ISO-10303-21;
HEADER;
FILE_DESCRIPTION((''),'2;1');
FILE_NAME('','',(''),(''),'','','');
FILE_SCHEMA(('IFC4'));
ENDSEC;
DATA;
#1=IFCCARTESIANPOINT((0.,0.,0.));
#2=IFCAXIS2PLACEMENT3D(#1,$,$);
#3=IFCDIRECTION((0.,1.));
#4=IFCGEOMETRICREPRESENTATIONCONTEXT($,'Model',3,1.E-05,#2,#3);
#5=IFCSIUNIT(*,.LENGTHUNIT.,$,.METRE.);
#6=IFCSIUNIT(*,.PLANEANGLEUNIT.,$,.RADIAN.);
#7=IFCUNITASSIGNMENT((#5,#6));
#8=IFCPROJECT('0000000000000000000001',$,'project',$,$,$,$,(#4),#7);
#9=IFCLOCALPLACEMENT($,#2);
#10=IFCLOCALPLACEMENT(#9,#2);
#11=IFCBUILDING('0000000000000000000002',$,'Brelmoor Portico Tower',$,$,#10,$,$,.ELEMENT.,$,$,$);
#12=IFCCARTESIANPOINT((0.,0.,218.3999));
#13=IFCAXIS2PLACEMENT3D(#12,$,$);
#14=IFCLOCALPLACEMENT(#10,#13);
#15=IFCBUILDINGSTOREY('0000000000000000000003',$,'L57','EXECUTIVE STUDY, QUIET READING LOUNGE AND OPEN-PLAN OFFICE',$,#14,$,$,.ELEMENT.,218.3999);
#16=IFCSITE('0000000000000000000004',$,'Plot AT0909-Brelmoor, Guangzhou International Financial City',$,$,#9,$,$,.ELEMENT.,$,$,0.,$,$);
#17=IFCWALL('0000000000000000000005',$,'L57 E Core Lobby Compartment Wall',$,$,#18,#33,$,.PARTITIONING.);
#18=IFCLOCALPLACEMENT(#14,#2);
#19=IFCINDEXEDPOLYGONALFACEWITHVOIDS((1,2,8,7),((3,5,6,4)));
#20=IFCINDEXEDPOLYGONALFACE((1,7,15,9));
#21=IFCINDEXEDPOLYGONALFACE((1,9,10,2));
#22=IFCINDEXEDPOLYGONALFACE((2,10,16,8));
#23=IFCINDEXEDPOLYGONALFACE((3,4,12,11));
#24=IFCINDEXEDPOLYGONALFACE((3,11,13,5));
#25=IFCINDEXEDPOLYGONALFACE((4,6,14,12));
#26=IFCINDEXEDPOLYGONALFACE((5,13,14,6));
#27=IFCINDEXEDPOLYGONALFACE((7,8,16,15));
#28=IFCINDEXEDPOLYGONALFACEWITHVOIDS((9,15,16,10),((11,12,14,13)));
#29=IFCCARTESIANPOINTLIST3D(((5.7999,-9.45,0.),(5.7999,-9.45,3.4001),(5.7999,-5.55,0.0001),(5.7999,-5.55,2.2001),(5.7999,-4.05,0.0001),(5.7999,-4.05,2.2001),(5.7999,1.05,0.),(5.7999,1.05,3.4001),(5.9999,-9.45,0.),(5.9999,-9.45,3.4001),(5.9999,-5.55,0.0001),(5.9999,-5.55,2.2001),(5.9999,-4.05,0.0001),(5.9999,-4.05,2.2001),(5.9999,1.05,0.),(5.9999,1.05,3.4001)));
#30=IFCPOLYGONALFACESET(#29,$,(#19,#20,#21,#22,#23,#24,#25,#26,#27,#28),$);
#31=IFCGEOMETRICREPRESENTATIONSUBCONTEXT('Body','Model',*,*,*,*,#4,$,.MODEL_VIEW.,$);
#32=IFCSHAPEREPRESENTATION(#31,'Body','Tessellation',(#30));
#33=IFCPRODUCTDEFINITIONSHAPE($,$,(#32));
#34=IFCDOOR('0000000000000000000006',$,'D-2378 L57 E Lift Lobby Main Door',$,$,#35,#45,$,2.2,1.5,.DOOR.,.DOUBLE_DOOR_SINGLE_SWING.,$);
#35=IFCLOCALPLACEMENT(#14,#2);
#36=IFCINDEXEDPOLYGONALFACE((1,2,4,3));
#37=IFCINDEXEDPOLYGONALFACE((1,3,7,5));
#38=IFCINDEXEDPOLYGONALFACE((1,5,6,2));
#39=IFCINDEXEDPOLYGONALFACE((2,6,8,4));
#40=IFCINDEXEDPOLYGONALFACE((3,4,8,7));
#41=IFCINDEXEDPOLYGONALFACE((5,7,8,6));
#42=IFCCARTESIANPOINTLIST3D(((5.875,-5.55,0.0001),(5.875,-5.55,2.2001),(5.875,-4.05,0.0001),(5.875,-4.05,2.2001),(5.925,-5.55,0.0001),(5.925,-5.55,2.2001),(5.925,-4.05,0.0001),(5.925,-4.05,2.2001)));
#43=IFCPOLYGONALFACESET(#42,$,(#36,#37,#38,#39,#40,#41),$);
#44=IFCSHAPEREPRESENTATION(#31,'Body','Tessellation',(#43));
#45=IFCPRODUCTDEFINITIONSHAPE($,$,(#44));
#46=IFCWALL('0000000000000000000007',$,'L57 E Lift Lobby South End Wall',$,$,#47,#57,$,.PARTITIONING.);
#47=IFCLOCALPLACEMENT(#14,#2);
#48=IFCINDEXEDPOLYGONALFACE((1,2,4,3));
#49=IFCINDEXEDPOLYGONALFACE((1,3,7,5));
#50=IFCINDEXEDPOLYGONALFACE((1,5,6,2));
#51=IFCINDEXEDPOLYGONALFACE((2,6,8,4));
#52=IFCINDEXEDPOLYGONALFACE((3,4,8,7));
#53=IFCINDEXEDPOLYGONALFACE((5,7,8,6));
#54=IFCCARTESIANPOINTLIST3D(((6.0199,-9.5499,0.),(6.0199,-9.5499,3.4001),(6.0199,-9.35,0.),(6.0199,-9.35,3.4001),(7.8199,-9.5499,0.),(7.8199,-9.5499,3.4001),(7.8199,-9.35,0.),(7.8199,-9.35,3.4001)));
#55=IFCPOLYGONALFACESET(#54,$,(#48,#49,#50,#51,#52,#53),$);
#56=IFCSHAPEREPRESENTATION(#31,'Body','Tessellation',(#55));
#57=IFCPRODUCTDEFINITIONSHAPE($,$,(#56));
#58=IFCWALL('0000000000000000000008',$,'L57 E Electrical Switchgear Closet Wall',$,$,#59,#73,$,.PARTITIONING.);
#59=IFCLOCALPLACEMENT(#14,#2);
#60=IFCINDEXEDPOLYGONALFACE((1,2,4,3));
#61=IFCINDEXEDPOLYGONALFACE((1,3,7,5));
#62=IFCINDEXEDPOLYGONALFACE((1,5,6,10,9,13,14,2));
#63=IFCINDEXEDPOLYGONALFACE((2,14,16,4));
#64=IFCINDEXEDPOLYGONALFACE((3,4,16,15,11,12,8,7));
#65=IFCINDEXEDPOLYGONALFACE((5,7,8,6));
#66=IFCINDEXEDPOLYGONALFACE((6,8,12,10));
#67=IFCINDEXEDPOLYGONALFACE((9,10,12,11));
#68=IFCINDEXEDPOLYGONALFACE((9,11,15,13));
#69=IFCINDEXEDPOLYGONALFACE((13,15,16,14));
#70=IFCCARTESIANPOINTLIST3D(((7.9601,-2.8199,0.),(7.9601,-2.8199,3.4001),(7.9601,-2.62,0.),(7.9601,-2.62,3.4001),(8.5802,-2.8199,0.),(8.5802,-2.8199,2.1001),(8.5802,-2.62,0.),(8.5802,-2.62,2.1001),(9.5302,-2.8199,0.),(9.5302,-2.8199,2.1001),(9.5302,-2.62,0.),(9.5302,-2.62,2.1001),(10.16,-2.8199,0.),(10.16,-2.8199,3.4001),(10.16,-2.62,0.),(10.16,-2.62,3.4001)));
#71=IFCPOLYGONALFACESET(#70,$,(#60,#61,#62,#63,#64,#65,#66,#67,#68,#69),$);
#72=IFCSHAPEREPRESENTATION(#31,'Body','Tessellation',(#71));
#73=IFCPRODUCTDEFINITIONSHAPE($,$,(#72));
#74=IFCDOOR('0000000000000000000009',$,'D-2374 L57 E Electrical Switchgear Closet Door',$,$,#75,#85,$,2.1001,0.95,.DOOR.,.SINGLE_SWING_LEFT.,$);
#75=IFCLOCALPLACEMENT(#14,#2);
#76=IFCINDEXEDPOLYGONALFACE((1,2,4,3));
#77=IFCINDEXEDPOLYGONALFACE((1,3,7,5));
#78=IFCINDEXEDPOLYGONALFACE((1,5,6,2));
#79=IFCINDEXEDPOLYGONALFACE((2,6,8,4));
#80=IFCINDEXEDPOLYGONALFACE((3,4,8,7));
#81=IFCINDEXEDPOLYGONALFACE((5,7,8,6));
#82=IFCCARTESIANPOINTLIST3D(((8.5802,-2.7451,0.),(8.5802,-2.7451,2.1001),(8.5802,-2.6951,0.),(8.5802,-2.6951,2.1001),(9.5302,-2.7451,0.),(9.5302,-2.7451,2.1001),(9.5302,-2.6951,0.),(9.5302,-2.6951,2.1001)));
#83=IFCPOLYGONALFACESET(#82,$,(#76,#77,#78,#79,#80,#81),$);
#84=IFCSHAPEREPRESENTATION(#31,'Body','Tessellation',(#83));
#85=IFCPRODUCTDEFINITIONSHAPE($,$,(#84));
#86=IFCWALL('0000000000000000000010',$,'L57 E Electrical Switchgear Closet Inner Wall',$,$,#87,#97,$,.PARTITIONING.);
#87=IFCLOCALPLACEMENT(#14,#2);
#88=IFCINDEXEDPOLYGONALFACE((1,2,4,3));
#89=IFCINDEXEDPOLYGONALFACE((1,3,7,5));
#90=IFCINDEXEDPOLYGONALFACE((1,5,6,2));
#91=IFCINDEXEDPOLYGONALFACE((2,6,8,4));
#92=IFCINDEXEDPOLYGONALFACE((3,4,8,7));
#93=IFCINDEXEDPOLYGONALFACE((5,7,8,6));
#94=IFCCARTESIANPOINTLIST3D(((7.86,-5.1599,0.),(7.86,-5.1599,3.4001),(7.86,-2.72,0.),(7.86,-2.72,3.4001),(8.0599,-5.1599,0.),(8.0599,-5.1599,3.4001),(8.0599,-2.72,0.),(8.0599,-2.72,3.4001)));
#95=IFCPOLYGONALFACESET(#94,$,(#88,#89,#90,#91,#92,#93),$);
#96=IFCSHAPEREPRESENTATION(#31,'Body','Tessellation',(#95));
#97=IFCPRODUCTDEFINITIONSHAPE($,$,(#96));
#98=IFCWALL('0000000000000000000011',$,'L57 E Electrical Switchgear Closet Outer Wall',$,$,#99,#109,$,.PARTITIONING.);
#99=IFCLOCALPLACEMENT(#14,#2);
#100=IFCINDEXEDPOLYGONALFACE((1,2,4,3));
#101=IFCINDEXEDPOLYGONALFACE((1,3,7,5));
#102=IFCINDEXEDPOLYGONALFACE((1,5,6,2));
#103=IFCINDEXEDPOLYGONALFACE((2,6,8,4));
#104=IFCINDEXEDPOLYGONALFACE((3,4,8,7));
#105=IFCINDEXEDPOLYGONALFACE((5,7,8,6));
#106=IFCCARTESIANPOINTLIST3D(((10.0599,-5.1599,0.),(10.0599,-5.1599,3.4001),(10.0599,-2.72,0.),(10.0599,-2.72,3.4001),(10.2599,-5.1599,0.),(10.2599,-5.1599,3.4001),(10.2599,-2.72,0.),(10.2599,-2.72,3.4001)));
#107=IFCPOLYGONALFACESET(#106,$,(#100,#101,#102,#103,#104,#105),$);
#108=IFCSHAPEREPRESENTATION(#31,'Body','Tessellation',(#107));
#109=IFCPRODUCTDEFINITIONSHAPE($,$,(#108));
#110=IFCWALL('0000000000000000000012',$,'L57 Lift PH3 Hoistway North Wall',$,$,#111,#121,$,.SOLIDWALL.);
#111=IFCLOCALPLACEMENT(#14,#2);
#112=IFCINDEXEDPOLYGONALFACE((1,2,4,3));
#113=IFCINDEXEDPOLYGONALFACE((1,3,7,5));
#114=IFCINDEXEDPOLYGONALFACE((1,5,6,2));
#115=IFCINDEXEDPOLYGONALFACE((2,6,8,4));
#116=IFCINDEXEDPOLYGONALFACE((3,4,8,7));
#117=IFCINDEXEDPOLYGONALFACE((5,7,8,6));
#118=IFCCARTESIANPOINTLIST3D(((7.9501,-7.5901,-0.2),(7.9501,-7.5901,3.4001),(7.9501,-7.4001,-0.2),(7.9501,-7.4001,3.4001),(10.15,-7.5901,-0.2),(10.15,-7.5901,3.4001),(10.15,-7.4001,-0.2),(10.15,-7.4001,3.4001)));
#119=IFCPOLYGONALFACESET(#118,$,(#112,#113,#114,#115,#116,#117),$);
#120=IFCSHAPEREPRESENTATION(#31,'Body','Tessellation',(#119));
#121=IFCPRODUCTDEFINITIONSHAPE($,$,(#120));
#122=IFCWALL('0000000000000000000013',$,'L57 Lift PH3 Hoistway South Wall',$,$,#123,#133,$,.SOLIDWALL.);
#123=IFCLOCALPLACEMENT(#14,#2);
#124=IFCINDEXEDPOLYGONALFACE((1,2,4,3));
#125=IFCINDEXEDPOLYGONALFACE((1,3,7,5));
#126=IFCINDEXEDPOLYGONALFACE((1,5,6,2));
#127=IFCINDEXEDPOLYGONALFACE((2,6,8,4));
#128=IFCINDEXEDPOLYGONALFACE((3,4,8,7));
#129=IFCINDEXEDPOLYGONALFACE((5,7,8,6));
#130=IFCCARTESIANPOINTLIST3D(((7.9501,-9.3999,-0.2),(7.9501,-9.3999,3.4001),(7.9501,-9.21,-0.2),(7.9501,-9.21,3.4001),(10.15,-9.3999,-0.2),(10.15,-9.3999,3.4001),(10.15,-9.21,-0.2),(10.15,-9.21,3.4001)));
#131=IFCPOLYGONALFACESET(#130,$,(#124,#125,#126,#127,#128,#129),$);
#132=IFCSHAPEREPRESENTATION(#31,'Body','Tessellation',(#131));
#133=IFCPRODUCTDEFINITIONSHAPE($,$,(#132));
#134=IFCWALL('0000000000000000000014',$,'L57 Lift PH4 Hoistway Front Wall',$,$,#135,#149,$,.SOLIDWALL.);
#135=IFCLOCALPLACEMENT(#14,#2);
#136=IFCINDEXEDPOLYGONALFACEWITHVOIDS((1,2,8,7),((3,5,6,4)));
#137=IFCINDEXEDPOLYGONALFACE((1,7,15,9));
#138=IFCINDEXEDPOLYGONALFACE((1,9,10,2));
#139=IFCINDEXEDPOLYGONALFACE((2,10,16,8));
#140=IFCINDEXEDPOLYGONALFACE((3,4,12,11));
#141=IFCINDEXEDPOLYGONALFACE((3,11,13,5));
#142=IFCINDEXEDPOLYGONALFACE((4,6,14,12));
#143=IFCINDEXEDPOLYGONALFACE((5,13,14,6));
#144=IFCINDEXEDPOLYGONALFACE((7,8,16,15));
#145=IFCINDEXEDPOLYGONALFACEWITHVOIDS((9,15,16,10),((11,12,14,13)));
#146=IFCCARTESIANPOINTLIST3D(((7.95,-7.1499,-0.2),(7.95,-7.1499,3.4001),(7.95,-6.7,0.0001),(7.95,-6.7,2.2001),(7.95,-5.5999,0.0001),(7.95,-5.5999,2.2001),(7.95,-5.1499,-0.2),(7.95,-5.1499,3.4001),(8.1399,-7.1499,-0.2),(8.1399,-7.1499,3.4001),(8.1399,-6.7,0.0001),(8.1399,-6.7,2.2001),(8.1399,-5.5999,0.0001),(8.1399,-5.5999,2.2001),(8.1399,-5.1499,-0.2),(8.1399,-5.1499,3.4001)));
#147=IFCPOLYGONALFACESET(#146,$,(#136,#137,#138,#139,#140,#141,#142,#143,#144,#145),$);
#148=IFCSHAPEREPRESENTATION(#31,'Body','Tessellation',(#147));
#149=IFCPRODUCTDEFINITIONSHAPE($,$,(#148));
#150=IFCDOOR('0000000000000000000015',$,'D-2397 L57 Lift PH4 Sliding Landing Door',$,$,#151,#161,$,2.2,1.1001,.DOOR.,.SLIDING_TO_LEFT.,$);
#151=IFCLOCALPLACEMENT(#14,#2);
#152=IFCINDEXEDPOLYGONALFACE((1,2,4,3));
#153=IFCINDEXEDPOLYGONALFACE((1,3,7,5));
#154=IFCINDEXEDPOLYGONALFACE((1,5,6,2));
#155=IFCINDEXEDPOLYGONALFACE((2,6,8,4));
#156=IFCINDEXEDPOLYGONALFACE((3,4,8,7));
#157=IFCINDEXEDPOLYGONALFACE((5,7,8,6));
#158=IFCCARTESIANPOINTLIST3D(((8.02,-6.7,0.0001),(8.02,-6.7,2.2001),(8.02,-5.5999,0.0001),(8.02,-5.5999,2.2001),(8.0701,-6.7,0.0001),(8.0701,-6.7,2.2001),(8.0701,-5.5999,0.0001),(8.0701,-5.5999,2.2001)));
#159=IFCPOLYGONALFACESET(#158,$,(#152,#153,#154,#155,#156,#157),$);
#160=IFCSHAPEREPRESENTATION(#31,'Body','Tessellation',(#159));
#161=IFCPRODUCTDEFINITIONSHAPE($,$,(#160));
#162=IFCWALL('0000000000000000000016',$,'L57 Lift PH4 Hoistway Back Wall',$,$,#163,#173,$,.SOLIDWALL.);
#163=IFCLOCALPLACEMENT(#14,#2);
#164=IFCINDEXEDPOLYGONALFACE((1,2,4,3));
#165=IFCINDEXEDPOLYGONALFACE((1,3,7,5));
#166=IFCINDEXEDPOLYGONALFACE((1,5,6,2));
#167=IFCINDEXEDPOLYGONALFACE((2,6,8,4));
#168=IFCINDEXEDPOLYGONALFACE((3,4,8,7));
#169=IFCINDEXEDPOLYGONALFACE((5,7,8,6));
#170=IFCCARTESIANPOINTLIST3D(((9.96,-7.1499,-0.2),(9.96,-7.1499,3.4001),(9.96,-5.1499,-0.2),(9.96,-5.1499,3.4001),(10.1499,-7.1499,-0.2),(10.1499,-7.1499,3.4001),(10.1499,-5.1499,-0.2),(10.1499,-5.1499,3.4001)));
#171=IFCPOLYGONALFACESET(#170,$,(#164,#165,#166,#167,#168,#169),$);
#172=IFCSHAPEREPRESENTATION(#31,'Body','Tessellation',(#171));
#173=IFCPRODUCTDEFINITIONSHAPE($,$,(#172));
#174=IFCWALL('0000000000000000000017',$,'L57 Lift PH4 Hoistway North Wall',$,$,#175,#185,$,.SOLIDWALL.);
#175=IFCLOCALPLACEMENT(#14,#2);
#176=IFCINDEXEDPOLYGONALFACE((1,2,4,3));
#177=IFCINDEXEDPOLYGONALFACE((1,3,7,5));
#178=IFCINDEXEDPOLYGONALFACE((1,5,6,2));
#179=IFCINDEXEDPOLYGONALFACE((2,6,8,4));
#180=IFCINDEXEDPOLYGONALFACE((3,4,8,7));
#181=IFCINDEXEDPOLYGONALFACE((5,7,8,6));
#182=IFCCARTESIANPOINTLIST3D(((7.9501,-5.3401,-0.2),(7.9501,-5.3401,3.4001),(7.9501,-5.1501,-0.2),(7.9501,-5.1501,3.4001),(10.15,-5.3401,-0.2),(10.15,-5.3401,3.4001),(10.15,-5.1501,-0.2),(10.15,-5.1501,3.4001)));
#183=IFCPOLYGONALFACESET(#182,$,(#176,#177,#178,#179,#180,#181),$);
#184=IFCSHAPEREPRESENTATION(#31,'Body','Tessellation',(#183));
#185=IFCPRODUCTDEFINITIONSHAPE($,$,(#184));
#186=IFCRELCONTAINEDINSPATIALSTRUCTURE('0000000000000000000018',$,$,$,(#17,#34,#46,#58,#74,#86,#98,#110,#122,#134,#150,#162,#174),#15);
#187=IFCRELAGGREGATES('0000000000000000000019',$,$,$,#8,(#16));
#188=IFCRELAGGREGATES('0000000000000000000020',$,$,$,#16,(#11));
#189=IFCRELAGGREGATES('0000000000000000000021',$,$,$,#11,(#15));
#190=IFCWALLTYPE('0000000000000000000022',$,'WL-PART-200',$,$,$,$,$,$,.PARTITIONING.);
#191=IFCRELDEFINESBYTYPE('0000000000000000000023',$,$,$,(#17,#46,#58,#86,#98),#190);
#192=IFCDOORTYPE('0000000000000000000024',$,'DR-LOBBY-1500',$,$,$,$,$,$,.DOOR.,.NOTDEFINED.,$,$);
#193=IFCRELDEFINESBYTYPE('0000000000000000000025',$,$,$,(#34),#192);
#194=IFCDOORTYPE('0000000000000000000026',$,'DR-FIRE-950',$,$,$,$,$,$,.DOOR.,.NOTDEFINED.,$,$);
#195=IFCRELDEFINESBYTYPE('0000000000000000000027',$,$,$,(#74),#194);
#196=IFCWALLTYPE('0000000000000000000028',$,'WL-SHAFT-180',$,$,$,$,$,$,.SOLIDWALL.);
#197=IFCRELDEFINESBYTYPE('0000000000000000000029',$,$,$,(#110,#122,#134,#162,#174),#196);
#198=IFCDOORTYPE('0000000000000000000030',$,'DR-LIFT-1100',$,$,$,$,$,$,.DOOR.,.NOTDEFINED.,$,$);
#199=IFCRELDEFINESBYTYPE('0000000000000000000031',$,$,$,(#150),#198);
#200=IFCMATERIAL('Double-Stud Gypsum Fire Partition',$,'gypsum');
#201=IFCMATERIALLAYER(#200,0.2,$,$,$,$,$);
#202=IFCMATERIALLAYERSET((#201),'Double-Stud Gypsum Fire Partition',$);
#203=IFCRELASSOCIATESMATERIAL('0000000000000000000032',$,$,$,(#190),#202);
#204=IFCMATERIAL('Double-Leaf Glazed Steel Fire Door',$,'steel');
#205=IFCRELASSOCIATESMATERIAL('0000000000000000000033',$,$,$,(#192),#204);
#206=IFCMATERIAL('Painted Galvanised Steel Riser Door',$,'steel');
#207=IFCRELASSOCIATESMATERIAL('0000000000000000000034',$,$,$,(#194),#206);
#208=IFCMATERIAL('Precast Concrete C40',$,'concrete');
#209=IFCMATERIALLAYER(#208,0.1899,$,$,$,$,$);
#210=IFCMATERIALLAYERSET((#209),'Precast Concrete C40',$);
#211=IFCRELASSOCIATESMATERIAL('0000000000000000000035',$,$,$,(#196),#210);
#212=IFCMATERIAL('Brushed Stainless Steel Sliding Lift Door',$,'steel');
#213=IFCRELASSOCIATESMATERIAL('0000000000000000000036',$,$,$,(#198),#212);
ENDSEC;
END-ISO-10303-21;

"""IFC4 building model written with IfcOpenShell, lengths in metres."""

from ifc_helpers import new_model, si_unit, direction, frame, frame_2d, origin, place, context, subcontext, project, spatial, rectangle, extrude, material, layer, layer_set, type_object, element, fill, save


model = new_model("IFC4")

# Units and contexts
model_context = context("Model", 3, precision=1e-05, world=origin(), true_north=direction((0.0, 1.0)))
body_context = subcontext(model_context, "Body", "Model", "MODEL_VIEW")
ifc_project = project(units=[si_unit("LENGTHUNIT", "METRE"), si_unit("PLANEANGLEUNIT", "RADIAN")], contexts=[model_context])

# Site, building, storey
site_placement = place(None, origin())
site = spatial("IfcSite", under=ifc_project, at=site_placement, Name="Plot AT0909-Brelmoor, Guangzhou International Financial City", CompositionType="ELEMENT", RefElevation=0.0)
building_placement = place(site_placement, origin())
building = spatial("IfcBuilding", under=site, at=building_placement, Name="Brelmoor Portico Tower", CompositionType="ELEMENT")
storey_placement = place(building_placement, frame((0.0, 0.0, 218.3999)))
storey = spatial("IfcBuildingStorey", under=building, at=storey_placement, Name="L57", Description="EXECUTIVE STUDY, QUIET READING LOUNGE AND OPEN-PLAN OFFICE", CompositionType="ELEMENT", Elevation=218.3999)

# Wall, opening, door
ifc_material_1 = material(Name="Double-Stud Gypsum Fire Partition", Category="gypsum")
ifc_layer_1 = layer(ifc_material_1, 0.2)
ifc_layer_set_1 = layer_set([ifc_layer_1], Name="Double-Stud Gypsum Fire Partition")
wall_type_1 = type_object("IfcWallType", Name="WL-PART-200", PredefinedType="PARTITIONING", material=ifc_layer_set_1)
wall_1_placement = place(storey_placement, frame((5.8999, -9.45, 0.0), z_axis=(0.0, 0.0, 1.0), x_axis=(0.0, 1.0, 0.0)))
wall_1 = element("IfcWall", 1, at=wall_1_placement, inside=storey, type_object=wall_type_1, Name="L57 E Core Lobby Compartment Wall", PredefinedType="PARTITIONING", context=body_context, shape_type="SweptSolid", body=[
    extrude(rectangle(XDim=10.5, YDim=0.2, at=frame_2d((5.25, 0.0))), origin(), (0.0, 0.0, 1.0), 3.4001),
])
opening_1_placement = place(wall_1_placement, frame((3.8999, 0.0, 0.0)))
opening_1 = element("IfcOpeningElement", 2, at=opening_1_placement, cuts=wall_1, PredefinedType="OPENING", context=body_context, shape_type="SweptSolid", body=[
    extrude(rectangle(XDim=1.5, YDim=2.2, at=frame_2d((0.75, 1.1001))), frame((0.0, 0.1099, 0.0), z_axis=(0.0, -1.0, 0.0), x_axis=(1.0, 0.0, 0.0)), (0.0, 0.0, 1.0), 0.22),
])
ifc_material_2 = material(Name="Double-Leaf Glazed Steel Fire Door", Category="steel")
door_type_1 = type_object("IfcDoorType", Name="DR-LOBBY-1500", OperationType="NOTDEFINED", PredefinedType="DOOR", material=ifc_material_2)
door_1_placement = place(opening_1_placement, origin())
door_1 = element("IfcDoor", 3, at=door_1_placement, inside=storey, type_object=door_type_1, Name="D-2378 L57 E Lift Lobby Main Door", OperationType="DOUBLE_DOOR_SINGLE_SWING", OverallHeight=2.2, OverallWidth=1.5, PredefinedType="DOOR", context=body_context, shape_type="SweptSolid", body=[
    extrude(rectangle(XDim=1.5, YDim=2.2, at=frame_2d((0.75, 1.1001))), frame((0.0, 0.0249, 0.0), z_axis=(0.0, -1.0, 0.0), x_axis=(1.0, 0.0, 0.0)), (0.0, 0.0, 1.0), 0.05),
])
fill(opening_1, door_1)

# Wall
wall_2_placement = place(storey_placement, frame((6.02, -9.45, 0.0), z_axis=(0.0, 0.0, 1.0), x_axis=(1.0, 0.0, 0.0)))
element("IfcWall", 4, at=wall_2_placement, inside=storey, type_object=wall_type_1, Name="L57 E Lift Lobby South End Wall", PredefinedType="PARTITIONING", context=body_context, shape_type="SweptSolid", body=[
    extrude(rectangle(XDim=1.8, YDim=0.2, at=frame_2d((0.8999, 0.0))), origin(), (0.0, 0.0, 1.0), 3.4001),
])

# Wall, opening, door
wall_3_placement = place(storey_placement, frame((7.96, -2.72, 0.0), z_axis=(0.0, 0.0, 1.0), x_axis=(1.0, 0.0, 0.0)))
wall_3 = element("IfcWall", 5, at=wall_3_placement, inside=storey, type_object=wall_type_1, Name="L57 E Electrical Switchgear Closet Wall", PredefinedType="PARTITIONING", context=body_context, shape_type="SweptSolid", body=[
    extrude(rectangle(XDim=2.2, YDim=0.2, at=frame_2d((1.1001, 0.0))), origin(), (0.0, 0.0, 1.0), 3.4001),
])
opening_2_placement = place(wall_3_placement, frame((0.6201, 0.0, 0.0)))
opening_2 = element("IfcOpeningElement", 6, at=opening_2_placement, cuts=wall_3, PredefinedType="OPENING", context=body_context, shape_type="SweptSolid", body=[
    extrude(rectangle(XDim=0.95, YDim=2.1001, at=frame_2d((0.4751, 1.05))), frame((0.0, 0.1099, 0.0), z_axis=(0.0, -1.0, 0.0), x_axis=(1.0, 0.0, 0.0)), (0.0, 0.0, 1.0), 0.22),
])
ifc_material_3 = material(Name="Painted Galvanised Steel Riser Door", Category="steel")
door_type_2 = type_object("IfcDoorType", Name="DR-FIRE-950", OperationType="NOTDEFINED", PredefinedType="DOOR", material=ifc_material_3)
door_2_placement = place(opening_2_placement, origin())
door_2 = element("IfcDoor", 7, at=door_2_placement, inside=storey, type_object=door_type_2, Name="D-2374 L57 E Electrical Switchgear Closet Door", OperationType="SINGLE_SWING_LEFT", OverallHeight=2.1001, OverallWidth=0.95, PredefinedType="DOOR", context=body_context, shape_type="SweptSolid", body=[
    extrude(rectangle(XDim=0.95, YDim=2.1001, at=frame_2d((0.4751, 1.05))), frame((0.0, 0.0249, 0.0), z_axis=(0.0, -1.0, 0.0), x_axis=(1.0, 0.0, 0.0)), (0.0, 0.0, 1.0), 0.05),
])
fill(opening_2, door_2)

# Walls
for number, where, z_axis, x_axis, name in (
    (8, (7.96, -5.1599, 0.0), (0.0, 0.0, 1.0), (0.0, 1.0, 0.0), "L57 E Electrical Switchgear Closet Inner Wall"),
    (9, (10.1599, -5.1599, 0.0), (0.0, 0.0, 1.0), (0.0, 1.0, 0.0), "L57 E Electrical Switchgear Closet Outer Wall"),
):
    element("IfcWall", number, at=place(storey_placement, frame(where, z_axis=z_axis, x_axis=x_axis)), inside=storey, type_object=wall_type_1, Name=name, PredefinedType="PARTITIONING", context=body_context, shape_type="SweptSolid", body=[
        extrude(rectangle(XDim=2.4399, YDim=0.2, at=frame_2d((1.22, 0.0))), origin(), (0.0, 0.0, 1.0), 3.4001),
    ])
ifc_material_4 = material(Name="Precast Concrete C40", Category="concrete")
ifc_layer_2 = layer(ifc_material_4, 0.1899)
ifc_layer_set_2 = layer_set([ifc_layer_2], Name="Precast Concrete C40")
wall_type_2 = type_object("IfcWallType", Name="WL-SHAFT-180", PredefinedType="SOLIDWALL", material=ifc_layer_set_2)
for number, where, z_axis, x_axis, name in (
    (10, (7.95, -7.4951, -0.2), (0.0, 0.0, 1.0), (1.0, 0.0, 0.0), "L57 Lift PH3 Hoistway North Wall"),
    (11, (7.95, -9.3049, -0.2), (0.0, 0.0, 1.0), (1.0, 0.0, 0.0), "L57 Lift PH3 Hoistway South Wall"),
):
    element("IfcWall", number, at=place(storey_placement, frame(where, z_axis=z_axis, x_axis=x_axis)), inside=storey, type_object=wall_type_2, Name=name, PredefinedType="SOLIDWALL", context=body_context, shape_type="SweptSolid", body=[
        extrude(rectangle(XDim=2.2, YDim=0.1899, at=frame_2d((1.1001, 0.0))), origin(), (0.0, 0.0, 1.0), 3.6001),
    ])

# Wall, opening, door
wall_4_placement = place(storey_placement, frame((8.0449, -7.1499, -0.2), z_axis=(0.0, 0.0, 1.0), x_axis=(0.0, 1.0, 0.0)))
wall_4 = element("IfcWall", 12, at=wall_4_placement, inside=storey, type_object=wall_type_2, Name="L57 Lift PH4 Hoistway Front Wall", PredefinedType="SOLIDWALL", context=body_context, shape_type="SweptSolid", body=[
    extrude(rectangle(XDim=2.0, YDim=0.1899, at=frame_2d((1.0, 0.0))), origin(), (0.0, 0.0, 1.0), 3.6001),
])
opening_3_placement = place(wall_4_placement, frame((0.45, 0.0, 0.2)))
opening_3 = element("IfcOpeningElement", 13, at=opening_3_placement, cuts=wall_4, PredefinedType="OPENING", context=body_context, shape_type="SweptSolid", body=[
    extrude(rectangle(XDim=1.1001, YDim=2.2, at=frame_2d((0.55, 1.1001))), frame((0.0, 0.105, 0.0), z_axis=(0.0, -1.0, 0.0), x_axis=(1.0, 0.0, 0.0)), (0.0, 0.0, 1.0), 0.21),
])
ifc_material_5 = material(Name="Brushed Stainless Steel Sliding Lift Door", Category="steel")
door_type_3 = type_object("IfcDoorType", Name="DR-LIFT-1100", OperationType="NOTDEFINED", PredefinedType="DOOR", material=ifc_material_5)
door_3_placement = place(opening_3_placement, origin())
door_3 = element("IfcDoor", 14, at=door_3_placement, inside=storey, type_object=door_type_3, Name="D-2397 L57 Lift PH4 Sliding Landing Door", OperationType="SLIDING_TO_LEFT", OverallHeight=2.2, OverallWidth=1.1001, PredefinedType="DOOR", context=body_context, shape_type="SweptSolid", body=[
    extrude(rectangle(XDim=1.1001, YDim=2.2, at=frame_2d((0.55, 1.1001))), frame((0.0, 0.0249, 0.0), z_axis=(0.0, -1.0, 0.0), x_axis=(1.0, 0.0, 0.0)), (0.0, 0.0, 1.0), 0.05),
])
fill(opening_3, door_3)

# Walls
wall_5_placement = place(storey_placement, frame((10.0549, -7.1499, -0.2), z_axis=(0.0, 0.0, 1.0), x_axis=(0.0, 1.0, 0.0)))
element("IfcWall", 15, at=wall_5_placement, inside=storey, type_object=wall_type_2, Name="L57 Lift PH4 Hoistway Back Wall", PredefinedType="SOLIDWALL", context=body_context, shape_type="SweptSolid", body=[
    extrude(rectangle(XDim=2.0, YDim=0.1899, at=frame_2d((1.0, 0.0))), origin(), (0.0, 0.0, 1.0), 3.6001),
])
for number, where, z_axis, x_axis, name in (
    (16, (7.95, -5.2451, -0.2), (0.0, 0.0, 1.0), (1.0, 0.0, 0.0), "L57 Lift PH4 Hoistway North Wall"),
):
    element("IfcWall", number, at=place(storey_placement, frame(where, z_axis=z_axis, x_axis=x_axis)), inside=storey, type_object=wall_type_2, Name=name, PredefinedType="SOLIDWALL", context=body_context, shape_type="SweptSolid", body=[
        extrude(rectangle(XDim=2.2, YDim=0.1899, at=frame_2d((1.1001, 0.0))), origin(), (0.0, 0.0, 1.0), 3.6001),
    ])

save(model, "model.ifc")
